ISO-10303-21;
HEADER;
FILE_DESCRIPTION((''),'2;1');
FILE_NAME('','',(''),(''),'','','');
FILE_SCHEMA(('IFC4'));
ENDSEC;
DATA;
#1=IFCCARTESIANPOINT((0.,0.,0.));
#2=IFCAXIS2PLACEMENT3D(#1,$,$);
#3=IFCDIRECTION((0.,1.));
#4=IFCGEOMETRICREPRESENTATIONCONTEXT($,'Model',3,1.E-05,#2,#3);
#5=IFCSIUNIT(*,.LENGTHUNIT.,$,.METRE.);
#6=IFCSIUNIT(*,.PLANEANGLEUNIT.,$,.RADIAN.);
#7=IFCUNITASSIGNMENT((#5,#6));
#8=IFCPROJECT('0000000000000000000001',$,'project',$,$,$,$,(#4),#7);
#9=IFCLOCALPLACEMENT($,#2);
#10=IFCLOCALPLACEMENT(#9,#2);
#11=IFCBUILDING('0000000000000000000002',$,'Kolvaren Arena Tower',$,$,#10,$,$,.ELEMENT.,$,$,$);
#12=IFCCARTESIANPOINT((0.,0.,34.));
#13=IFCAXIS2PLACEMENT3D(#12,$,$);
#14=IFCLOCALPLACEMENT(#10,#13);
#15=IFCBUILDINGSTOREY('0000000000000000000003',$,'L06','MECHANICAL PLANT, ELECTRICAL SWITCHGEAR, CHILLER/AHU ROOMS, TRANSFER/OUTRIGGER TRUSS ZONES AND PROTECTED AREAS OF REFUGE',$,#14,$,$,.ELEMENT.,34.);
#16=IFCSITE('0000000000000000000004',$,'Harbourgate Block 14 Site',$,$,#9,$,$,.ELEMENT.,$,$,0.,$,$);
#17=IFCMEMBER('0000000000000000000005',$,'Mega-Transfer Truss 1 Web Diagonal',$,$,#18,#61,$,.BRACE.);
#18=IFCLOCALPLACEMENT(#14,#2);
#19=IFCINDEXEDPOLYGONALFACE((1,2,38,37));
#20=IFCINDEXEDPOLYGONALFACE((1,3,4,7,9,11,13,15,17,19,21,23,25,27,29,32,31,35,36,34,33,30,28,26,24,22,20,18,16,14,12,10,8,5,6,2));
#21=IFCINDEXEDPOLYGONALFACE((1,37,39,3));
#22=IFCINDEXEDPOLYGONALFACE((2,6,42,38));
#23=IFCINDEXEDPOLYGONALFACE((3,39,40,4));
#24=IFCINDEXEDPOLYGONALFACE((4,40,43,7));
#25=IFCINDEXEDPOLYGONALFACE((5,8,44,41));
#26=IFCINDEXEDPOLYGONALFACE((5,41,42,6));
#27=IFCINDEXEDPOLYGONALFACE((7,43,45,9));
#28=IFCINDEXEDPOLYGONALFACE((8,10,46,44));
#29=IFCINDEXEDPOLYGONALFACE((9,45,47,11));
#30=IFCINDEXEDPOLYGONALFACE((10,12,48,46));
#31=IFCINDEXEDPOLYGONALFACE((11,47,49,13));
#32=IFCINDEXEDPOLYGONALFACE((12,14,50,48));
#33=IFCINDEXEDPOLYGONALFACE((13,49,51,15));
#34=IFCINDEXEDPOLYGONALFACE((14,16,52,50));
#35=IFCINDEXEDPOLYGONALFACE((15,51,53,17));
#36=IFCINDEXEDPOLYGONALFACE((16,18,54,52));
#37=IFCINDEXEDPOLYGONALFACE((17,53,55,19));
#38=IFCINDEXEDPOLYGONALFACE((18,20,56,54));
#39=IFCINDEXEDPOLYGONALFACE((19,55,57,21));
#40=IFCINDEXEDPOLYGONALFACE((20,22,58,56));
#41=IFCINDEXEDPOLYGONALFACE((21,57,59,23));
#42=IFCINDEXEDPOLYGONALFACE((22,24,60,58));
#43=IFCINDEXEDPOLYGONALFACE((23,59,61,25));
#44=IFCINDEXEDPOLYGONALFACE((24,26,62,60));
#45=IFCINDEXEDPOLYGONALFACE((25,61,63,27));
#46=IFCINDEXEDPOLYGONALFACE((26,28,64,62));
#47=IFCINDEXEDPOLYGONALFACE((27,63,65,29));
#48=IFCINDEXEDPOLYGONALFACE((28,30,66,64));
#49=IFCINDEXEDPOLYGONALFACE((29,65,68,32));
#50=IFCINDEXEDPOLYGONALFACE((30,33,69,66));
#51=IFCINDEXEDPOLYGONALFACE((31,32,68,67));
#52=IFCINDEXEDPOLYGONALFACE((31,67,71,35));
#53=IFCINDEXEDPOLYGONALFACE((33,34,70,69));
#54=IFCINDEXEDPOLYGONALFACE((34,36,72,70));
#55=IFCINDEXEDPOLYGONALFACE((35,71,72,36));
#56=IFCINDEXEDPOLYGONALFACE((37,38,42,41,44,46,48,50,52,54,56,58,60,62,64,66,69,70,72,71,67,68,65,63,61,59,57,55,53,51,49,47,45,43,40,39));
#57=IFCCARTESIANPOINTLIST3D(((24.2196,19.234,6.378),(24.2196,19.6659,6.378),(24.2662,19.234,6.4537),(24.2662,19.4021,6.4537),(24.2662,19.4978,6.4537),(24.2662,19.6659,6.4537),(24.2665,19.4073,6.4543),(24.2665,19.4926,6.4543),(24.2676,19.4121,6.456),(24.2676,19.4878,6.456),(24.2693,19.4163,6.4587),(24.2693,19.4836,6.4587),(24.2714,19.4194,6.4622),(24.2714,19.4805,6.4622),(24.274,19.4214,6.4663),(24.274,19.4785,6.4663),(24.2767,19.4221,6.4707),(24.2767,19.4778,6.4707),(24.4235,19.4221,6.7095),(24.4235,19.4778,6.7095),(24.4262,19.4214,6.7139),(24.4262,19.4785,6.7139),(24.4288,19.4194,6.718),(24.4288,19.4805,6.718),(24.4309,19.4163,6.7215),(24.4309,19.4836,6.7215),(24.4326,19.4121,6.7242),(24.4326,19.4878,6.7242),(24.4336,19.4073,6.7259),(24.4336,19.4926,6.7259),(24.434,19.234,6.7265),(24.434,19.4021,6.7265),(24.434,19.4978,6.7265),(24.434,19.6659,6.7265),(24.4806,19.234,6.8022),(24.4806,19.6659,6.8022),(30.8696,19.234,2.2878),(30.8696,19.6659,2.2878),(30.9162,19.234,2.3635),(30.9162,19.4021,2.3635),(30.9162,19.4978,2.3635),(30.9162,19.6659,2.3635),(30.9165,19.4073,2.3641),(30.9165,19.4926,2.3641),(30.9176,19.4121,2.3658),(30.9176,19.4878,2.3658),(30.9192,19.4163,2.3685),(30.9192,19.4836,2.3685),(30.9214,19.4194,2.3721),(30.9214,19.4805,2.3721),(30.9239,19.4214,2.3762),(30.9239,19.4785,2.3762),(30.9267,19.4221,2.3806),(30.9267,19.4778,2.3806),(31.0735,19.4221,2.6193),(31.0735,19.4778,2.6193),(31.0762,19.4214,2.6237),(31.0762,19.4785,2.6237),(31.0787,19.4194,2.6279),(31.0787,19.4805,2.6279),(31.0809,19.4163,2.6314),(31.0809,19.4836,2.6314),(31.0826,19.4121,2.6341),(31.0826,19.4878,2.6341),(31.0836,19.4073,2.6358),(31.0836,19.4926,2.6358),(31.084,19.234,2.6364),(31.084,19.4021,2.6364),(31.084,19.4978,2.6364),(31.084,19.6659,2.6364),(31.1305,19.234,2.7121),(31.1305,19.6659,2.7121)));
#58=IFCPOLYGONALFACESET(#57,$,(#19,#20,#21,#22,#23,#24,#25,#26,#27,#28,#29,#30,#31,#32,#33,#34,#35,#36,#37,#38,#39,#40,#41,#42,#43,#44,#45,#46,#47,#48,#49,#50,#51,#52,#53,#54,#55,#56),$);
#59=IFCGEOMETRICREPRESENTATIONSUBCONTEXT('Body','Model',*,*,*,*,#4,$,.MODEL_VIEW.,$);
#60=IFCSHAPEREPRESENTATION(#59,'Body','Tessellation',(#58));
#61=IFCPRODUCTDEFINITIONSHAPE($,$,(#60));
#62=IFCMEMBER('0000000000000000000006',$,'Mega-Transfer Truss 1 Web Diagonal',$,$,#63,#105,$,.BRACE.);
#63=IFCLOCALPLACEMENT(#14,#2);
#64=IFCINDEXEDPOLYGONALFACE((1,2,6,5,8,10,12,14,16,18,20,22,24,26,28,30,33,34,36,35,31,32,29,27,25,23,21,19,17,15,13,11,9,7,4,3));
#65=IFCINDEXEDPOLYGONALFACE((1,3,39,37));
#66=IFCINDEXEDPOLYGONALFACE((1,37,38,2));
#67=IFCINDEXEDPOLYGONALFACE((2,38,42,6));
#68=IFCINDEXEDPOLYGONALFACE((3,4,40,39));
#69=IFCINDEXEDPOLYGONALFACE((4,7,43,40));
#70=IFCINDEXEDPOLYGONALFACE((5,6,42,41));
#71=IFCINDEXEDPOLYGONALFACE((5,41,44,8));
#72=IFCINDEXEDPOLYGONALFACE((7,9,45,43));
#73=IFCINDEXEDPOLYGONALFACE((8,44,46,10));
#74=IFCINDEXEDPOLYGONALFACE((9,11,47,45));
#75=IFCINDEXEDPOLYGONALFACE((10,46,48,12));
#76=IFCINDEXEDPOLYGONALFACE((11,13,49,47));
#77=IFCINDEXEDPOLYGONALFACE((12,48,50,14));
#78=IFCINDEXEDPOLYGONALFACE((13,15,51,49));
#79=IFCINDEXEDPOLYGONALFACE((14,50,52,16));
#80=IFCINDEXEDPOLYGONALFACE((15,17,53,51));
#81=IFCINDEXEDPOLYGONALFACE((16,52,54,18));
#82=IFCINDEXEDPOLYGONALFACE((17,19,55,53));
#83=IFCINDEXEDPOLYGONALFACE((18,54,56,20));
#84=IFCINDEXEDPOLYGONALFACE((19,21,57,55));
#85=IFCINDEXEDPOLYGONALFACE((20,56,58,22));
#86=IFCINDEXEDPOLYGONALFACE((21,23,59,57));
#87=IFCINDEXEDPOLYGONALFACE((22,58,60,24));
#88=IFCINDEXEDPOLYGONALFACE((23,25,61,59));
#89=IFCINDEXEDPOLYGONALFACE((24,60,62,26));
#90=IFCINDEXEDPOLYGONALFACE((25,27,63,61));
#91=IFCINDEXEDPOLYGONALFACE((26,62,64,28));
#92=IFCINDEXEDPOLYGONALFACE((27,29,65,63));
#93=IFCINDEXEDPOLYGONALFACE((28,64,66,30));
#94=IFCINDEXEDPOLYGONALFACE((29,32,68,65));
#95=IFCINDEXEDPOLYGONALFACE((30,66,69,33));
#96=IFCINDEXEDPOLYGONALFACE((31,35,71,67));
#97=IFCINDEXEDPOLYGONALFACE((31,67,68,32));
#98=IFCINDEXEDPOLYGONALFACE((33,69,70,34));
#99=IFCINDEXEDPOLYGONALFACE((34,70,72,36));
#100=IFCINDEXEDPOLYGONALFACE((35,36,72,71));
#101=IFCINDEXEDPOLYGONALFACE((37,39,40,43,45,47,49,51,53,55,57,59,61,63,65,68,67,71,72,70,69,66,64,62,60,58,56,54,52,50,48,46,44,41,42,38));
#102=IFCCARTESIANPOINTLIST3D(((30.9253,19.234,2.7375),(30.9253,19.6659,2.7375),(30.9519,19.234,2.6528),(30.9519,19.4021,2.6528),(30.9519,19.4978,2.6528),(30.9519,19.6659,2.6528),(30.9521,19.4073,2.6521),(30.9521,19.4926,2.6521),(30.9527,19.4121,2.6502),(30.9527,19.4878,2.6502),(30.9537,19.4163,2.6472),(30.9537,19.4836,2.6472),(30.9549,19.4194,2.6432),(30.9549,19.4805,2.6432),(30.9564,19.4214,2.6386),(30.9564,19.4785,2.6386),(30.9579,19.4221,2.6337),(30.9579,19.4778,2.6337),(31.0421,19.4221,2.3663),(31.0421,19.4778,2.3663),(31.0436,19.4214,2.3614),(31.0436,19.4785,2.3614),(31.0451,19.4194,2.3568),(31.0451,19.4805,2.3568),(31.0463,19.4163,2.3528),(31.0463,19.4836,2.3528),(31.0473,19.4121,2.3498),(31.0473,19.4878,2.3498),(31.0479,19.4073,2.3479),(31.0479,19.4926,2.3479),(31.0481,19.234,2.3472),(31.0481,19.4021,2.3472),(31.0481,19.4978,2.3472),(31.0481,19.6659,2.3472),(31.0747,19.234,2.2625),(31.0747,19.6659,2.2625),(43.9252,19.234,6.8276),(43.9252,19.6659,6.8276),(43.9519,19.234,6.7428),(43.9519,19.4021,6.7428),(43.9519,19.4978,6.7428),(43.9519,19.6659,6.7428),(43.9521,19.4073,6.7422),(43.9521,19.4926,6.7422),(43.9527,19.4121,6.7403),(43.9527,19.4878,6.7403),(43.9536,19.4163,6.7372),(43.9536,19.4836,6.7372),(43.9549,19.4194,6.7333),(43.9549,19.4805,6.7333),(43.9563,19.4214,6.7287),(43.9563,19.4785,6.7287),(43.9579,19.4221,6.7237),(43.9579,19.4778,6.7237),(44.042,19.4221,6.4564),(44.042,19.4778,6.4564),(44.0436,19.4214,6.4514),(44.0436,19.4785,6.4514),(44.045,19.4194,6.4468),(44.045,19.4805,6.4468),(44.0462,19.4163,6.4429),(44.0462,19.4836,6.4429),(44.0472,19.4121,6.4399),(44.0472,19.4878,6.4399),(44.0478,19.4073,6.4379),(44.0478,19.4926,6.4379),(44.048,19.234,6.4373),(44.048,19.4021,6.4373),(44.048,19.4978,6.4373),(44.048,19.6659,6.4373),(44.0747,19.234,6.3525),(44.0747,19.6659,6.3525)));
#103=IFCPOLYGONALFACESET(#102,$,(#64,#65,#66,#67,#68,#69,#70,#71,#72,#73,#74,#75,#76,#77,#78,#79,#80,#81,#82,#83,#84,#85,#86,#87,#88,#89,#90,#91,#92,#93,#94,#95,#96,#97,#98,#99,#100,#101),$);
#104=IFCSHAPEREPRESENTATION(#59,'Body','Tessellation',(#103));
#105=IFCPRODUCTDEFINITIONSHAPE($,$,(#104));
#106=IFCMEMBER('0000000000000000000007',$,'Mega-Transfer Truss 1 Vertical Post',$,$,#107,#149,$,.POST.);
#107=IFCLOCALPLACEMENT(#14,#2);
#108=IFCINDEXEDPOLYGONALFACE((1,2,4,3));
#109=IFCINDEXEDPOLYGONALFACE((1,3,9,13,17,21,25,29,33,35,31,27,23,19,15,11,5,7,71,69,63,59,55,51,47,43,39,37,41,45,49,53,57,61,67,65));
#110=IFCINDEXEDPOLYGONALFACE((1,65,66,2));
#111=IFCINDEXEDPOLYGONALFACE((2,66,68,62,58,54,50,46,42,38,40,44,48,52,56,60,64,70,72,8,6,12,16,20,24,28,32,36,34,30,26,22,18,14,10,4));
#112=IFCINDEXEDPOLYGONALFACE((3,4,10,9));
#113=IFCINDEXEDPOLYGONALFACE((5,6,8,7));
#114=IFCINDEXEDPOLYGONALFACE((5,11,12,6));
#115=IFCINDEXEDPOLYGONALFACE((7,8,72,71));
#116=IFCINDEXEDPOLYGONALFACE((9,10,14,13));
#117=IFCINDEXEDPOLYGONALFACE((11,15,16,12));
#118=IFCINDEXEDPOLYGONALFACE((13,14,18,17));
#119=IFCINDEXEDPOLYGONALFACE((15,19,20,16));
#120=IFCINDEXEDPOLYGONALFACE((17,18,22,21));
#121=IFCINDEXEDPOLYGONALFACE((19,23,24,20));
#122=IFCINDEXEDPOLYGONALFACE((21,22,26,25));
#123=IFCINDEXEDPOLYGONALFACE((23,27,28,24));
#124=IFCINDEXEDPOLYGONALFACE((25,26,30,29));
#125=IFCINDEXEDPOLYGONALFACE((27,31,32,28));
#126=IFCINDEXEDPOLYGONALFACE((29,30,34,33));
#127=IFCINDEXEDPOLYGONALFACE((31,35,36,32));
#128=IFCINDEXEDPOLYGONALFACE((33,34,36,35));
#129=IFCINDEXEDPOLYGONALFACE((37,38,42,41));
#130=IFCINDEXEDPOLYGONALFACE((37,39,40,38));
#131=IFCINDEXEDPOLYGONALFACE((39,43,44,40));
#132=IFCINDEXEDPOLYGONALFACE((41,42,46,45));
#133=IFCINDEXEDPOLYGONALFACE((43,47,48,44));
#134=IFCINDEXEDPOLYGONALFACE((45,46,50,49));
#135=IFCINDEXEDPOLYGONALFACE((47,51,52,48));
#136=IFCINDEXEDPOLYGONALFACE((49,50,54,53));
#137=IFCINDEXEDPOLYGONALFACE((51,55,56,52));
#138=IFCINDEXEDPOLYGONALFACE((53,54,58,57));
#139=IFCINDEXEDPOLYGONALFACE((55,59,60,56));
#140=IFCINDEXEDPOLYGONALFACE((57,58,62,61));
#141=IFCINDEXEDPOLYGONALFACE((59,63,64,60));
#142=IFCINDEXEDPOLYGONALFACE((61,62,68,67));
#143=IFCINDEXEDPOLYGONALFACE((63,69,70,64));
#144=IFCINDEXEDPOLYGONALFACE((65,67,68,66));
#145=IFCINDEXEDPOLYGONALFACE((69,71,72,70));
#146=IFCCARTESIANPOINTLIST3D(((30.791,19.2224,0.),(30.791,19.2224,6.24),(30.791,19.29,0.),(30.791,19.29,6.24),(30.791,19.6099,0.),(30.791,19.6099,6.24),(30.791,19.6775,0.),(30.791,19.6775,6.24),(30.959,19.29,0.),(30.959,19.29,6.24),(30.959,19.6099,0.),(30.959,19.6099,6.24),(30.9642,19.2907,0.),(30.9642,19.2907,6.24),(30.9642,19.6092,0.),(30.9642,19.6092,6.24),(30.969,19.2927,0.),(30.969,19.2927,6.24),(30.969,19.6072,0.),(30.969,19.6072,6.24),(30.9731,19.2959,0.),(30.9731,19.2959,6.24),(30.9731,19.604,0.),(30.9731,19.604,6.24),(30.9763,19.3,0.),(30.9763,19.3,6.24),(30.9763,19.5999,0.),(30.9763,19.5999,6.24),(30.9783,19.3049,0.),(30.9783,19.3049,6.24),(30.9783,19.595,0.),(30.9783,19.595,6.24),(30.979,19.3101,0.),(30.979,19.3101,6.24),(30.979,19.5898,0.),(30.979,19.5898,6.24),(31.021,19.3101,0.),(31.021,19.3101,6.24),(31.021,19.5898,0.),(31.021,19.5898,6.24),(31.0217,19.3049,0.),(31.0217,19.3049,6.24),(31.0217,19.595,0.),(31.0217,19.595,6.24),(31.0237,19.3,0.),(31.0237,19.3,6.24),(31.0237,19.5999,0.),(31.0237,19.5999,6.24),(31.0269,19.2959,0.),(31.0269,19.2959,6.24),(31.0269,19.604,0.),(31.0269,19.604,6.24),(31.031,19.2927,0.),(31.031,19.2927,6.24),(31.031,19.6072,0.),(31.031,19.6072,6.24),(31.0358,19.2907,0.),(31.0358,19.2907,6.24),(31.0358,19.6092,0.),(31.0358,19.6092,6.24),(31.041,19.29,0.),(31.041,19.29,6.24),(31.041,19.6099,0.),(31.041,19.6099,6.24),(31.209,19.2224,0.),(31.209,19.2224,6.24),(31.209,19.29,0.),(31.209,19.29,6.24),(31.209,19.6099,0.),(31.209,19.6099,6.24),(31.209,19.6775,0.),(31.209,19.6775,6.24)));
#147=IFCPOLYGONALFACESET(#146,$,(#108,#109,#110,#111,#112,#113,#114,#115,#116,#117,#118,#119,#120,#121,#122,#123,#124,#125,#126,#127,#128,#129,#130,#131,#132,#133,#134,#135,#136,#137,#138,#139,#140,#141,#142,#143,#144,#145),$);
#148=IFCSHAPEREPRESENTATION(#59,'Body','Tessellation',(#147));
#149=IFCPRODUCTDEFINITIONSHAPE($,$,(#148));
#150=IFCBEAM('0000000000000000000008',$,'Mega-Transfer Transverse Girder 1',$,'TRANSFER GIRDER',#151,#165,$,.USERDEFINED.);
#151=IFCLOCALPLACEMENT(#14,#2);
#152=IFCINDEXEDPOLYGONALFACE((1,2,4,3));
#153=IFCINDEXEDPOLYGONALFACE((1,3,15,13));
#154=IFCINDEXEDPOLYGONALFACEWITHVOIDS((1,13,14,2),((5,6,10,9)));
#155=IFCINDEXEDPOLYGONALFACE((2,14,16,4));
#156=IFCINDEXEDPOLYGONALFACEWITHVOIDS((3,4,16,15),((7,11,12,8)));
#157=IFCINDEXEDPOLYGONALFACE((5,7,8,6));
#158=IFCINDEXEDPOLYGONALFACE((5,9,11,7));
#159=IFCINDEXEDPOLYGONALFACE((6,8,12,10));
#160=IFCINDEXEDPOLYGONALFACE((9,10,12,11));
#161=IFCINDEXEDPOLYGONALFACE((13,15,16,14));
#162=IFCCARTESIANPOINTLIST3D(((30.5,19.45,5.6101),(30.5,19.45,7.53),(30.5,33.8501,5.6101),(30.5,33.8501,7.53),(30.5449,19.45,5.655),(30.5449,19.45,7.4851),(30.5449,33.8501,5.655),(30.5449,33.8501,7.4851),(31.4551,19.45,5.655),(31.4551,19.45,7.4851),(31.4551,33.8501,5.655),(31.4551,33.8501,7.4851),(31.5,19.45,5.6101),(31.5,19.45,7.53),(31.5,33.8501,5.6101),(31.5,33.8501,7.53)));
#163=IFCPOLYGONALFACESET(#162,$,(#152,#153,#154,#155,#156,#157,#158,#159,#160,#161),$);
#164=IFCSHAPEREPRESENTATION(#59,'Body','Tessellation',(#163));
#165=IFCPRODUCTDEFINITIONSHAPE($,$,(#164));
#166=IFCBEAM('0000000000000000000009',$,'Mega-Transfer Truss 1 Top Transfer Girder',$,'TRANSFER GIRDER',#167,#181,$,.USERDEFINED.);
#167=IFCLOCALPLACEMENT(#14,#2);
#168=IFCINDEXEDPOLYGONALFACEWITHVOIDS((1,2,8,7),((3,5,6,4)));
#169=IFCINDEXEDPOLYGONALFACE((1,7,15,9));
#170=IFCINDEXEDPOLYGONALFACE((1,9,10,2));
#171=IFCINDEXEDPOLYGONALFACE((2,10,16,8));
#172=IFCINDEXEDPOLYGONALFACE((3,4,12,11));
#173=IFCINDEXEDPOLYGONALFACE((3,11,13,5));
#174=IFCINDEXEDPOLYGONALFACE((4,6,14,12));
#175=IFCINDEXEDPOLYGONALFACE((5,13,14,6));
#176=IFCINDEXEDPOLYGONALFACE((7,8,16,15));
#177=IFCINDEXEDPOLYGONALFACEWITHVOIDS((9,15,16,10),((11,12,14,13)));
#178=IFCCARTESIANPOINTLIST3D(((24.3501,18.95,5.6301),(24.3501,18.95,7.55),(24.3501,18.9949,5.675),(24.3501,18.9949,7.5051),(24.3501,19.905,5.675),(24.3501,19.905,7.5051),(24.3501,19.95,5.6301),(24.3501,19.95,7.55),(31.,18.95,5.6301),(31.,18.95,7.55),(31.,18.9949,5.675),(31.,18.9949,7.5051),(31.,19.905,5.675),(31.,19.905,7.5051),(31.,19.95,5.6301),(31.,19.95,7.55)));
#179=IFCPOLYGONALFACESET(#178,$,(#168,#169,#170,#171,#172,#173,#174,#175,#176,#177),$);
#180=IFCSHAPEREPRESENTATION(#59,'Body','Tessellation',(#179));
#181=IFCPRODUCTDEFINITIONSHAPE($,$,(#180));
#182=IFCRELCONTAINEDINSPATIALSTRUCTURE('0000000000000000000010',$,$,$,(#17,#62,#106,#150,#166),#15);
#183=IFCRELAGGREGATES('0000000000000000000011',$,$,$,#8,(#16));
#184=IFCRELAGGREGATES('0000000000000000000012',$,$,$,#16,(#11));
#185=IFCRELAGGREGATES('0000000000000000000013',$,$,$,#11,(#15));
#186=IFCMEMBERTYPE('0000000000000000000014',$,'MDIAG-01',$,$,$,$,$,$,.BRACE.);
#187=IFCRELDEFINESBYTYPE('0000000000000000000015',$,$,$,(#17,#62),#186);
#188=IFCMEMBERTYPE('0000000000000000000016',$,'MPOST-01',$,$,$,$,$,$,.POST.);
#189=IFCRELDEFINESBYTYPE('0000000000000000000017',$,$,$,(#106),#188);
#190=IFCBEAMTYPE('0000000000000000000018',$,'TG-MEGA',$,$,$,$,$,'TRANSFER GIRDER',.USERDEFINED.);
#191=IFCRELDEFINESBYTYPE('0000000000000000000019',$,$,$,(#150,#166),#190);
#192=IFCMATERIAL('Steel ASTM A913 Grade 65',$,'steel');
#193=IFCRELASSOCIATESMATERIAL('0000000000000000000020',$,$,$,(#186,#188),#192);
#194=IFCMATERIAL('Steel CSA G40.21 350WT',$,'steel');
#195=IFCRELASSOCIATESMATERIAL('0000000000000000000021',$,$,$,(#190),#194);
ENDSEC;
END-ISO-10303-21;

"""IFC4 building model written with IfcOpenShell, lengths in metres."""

from ifc_helpers import new_model, si_unit, direction, frame, origin, origin_2d, place, context, subcontext, project, spatial, hollow_rectangle, i_section, extrude, material, material_profile, profile_set, type_object, element, save


model = new_model("IFC4")

# Units and contexts
model_context = context("Model", 3, precision=1e-05, world=origin(), true_north=direction((0.0, 1.0)))
body_context = subcontext(model_context, "Body", "Model", "MODEL_VIEW")
ifc_project = project(units=[si_unit("LENGTHUNIT", "METRE"), si_unit("PLANEANGLEUNIT", "RADIAN")], contexts=[model_context])

# Site, building, storey
site_placement = place(None, origin())
site = spatial("IfcSite", under=ifc_project, at=site_placement, Name="Harbourgate Block 14 Site", CompositionType="ELEMENT", RefElevation=0.0)
building_placement = place(site_placement, origin())
building = spatial("IfcBuilding", under=site, at=building_placement, Name="Kolvaren Arena Tower", CompositionType="ELEMENT")
storey_placement = place(building_placement, frame((0.0, 0.0, 34.0)))
storey = spatial("IfcBuildingStorey", under=building, at=storey_placement, Name="L06", Description="MECHANICAL PLANT, ELECTRICAL SWITCHGEAR, CHILLER/AHU ROOMS, TRANSFER/OUTRIGGER TRUSS ZONES AND PROTECTED AREAS OF REFUGE", CompositionType="ELEMENT", Elevation=34.0)

# Shared definitions
ifc_material_1 = material(Name="Steel ASTM A913 Grade 65", Category="steel")

# Members
ifc_material_profile_1 = material_profile(ifc_material_1, i_section(OverallWidth=0.4319, OverallDepth=0.498, WebThickness=0.0557, FlangeThickness=0.0889, FilletRadius=0.02, at=origin_2d()), Name="W360x744")
ifc_profile_set_1 = profile_set([ifc_material_profile_1], Name="Steel ASTM A913 Grade 65")
member_type_1 = type_object("IfcMemberType", Name="MDIAG-01", PredefinedType="BRACE", material=ifc_profile_set_1)
member_1_placement = place(storey_placement, frame((24.3501, 19.45, 6.5901), z_axis=(0.851782, 0.0, -0.523897), x_axis=(0.0, 1.0, 0.0)))
element("IfcMember", 1, at=member_1_placement, inside=storey, type_object=member_type_1, Name="Mega-Transfer Truss 1 Web Diagonal", PredefinedType="BRACE", context=body_context, shape_type="SweptSolid", body=[
    extrude(i_section(OverallWidth=0.4319, OverallDepth=0.498, WebThickness=0.0557, FlangeThickness=0.0889, FilletRadius=0.02, at=origin_2d()), origin(), (0.0, 0.0, 1.0), 7.8071),
])
member_2_placement = place(storey_placement, frame((31.0, 19.45, 2.5), z_axis=(0.953902, 0.0, 0.300119), x_axis=(0.0, 1.0, 0.0)))
element("IfcMember", 2, at=member_2_placement, inside=storey, type_object=member_type_1, Name="Mega-Transfer Truss 1 Web Diagonal", PredefinedType="BRACE", context=body_context, shape_type="SweptSolid", body=[
    extrude(i_section(OverallWidth=0.4319, OverallDepth=0.498, WebThickness=0.0557, FlangeThickness=0.0889, FilletRadius=0.02, at=origin_2d()), origin(), (0.0, 0.0, 1.0), 13.6282),
])
ifc_material_profile_2 = material_profile(ifc_material_1, i_section(OverallWidth=0.418, OverallDepth=0.4551, WebThickness=0.042, FlangeThickness=0.0676, FilletRadius=0.02, at=origin_2d()), Name="W360x551")
ifc_profile_set_2 = profile_set([ifc_material_profile_2], Name="Steel ASTM A913 Grade 65")
member_type_2 = type_object("IfcMemberType", Name="MPOST-01", PredefinedType="POST", material=ifc_profile_set_2)
member_3_placement = place(storey_placement, frame((31.0, 19.45, 0.0), z_axis=(0.0, 0.0, 1.0), x_axis=(1.0, 0.0, 0.0)))
element("IfcMember", 3, at=member_3_placement, inside=storey, type_object=member_type_2, Name="Mega-Transfer Truss 1 Vertical Post", PredefinedType="POST", context=body_context, shape_type="SweptSolid", body=[
    extrude(i_section(OverallWidth=0.418, OverallDepth=0.4551, WebThickness=0.042, FlangeThickness=0.0676, FilletRadius=0.02, at=origin_2d()), origin(), (0.0, 0.0, 1.0), 6.24),
])

# Beams
ifc_material_2 = material(Name="Steel CSA G40.21 350WT", Category="steel")
ifc_material_profile_3 = material_profile(ifc_material_2, hollow_rectangle(XDim=1.0, YDim=1.9199, WallThickness=0.0449, at=origin_2d()), Name="BOX 1000x1920x45")
ifc_profile_set_3 = profile_set([ifc_material_profile_3], Name="Steel CSA G40.21 350WT")
beam_type_1 = type_object("IfcBeamType", Name="TG-MEGA", ElementType="TRANSFER GIRDER", PredefinedType="USERDEFINED", material=ifc_profile_set_3)
beam_1_placement = place(storey_placement, frame((31.0, 19.45, 6.5701), z_axis=(0.0, 1.0, 0.0), x_axis=(-1.0, 0.0, 0.0)))
element("IfcBeam", 4, at=beam_1_placement, inside=storey, type_object=beam_type_1, Name="Mega-Transfer Transverse Girder 1", ObjectType="TRANSFER GIRDER", PredefinedType="USERDEFINED", context=body_context, shape_type="SweptSolid", body=[
    extrude(hollow_rectangle(XDim=1.0, YDim=1.9199, WallThickness=0.0449, at=origin_2d()), origin(), (0.0, 0.0, 1.0), 14.4001),
])
beam_2_placement = place(storey_placement, frame((24.3501, 19.45, 6.5901), z_axis=(1.0, 0.0, 0.0), x_axis=(0.0, 1.0, 0.0)))
element("IfcBeam", 5, at=beam_2_placement, inside=storey, type_object=beam_type_1, Name="Mega-Transfer Truss 1 Top Transfer Girder", ObjectType="TRANSFER GIRDER", PredefinedType="USERDEFINED", context=body_context, shape_type="SweptSolid", body=[
    extrude(hollow_rectangle(XDim=1.0, YDim=1.9199, WallThickness=0.0449, at=origin_2d()), origin(), (0.0, 0.0, 1.0), 6.6499),
])

save(model, "model.ifc")
